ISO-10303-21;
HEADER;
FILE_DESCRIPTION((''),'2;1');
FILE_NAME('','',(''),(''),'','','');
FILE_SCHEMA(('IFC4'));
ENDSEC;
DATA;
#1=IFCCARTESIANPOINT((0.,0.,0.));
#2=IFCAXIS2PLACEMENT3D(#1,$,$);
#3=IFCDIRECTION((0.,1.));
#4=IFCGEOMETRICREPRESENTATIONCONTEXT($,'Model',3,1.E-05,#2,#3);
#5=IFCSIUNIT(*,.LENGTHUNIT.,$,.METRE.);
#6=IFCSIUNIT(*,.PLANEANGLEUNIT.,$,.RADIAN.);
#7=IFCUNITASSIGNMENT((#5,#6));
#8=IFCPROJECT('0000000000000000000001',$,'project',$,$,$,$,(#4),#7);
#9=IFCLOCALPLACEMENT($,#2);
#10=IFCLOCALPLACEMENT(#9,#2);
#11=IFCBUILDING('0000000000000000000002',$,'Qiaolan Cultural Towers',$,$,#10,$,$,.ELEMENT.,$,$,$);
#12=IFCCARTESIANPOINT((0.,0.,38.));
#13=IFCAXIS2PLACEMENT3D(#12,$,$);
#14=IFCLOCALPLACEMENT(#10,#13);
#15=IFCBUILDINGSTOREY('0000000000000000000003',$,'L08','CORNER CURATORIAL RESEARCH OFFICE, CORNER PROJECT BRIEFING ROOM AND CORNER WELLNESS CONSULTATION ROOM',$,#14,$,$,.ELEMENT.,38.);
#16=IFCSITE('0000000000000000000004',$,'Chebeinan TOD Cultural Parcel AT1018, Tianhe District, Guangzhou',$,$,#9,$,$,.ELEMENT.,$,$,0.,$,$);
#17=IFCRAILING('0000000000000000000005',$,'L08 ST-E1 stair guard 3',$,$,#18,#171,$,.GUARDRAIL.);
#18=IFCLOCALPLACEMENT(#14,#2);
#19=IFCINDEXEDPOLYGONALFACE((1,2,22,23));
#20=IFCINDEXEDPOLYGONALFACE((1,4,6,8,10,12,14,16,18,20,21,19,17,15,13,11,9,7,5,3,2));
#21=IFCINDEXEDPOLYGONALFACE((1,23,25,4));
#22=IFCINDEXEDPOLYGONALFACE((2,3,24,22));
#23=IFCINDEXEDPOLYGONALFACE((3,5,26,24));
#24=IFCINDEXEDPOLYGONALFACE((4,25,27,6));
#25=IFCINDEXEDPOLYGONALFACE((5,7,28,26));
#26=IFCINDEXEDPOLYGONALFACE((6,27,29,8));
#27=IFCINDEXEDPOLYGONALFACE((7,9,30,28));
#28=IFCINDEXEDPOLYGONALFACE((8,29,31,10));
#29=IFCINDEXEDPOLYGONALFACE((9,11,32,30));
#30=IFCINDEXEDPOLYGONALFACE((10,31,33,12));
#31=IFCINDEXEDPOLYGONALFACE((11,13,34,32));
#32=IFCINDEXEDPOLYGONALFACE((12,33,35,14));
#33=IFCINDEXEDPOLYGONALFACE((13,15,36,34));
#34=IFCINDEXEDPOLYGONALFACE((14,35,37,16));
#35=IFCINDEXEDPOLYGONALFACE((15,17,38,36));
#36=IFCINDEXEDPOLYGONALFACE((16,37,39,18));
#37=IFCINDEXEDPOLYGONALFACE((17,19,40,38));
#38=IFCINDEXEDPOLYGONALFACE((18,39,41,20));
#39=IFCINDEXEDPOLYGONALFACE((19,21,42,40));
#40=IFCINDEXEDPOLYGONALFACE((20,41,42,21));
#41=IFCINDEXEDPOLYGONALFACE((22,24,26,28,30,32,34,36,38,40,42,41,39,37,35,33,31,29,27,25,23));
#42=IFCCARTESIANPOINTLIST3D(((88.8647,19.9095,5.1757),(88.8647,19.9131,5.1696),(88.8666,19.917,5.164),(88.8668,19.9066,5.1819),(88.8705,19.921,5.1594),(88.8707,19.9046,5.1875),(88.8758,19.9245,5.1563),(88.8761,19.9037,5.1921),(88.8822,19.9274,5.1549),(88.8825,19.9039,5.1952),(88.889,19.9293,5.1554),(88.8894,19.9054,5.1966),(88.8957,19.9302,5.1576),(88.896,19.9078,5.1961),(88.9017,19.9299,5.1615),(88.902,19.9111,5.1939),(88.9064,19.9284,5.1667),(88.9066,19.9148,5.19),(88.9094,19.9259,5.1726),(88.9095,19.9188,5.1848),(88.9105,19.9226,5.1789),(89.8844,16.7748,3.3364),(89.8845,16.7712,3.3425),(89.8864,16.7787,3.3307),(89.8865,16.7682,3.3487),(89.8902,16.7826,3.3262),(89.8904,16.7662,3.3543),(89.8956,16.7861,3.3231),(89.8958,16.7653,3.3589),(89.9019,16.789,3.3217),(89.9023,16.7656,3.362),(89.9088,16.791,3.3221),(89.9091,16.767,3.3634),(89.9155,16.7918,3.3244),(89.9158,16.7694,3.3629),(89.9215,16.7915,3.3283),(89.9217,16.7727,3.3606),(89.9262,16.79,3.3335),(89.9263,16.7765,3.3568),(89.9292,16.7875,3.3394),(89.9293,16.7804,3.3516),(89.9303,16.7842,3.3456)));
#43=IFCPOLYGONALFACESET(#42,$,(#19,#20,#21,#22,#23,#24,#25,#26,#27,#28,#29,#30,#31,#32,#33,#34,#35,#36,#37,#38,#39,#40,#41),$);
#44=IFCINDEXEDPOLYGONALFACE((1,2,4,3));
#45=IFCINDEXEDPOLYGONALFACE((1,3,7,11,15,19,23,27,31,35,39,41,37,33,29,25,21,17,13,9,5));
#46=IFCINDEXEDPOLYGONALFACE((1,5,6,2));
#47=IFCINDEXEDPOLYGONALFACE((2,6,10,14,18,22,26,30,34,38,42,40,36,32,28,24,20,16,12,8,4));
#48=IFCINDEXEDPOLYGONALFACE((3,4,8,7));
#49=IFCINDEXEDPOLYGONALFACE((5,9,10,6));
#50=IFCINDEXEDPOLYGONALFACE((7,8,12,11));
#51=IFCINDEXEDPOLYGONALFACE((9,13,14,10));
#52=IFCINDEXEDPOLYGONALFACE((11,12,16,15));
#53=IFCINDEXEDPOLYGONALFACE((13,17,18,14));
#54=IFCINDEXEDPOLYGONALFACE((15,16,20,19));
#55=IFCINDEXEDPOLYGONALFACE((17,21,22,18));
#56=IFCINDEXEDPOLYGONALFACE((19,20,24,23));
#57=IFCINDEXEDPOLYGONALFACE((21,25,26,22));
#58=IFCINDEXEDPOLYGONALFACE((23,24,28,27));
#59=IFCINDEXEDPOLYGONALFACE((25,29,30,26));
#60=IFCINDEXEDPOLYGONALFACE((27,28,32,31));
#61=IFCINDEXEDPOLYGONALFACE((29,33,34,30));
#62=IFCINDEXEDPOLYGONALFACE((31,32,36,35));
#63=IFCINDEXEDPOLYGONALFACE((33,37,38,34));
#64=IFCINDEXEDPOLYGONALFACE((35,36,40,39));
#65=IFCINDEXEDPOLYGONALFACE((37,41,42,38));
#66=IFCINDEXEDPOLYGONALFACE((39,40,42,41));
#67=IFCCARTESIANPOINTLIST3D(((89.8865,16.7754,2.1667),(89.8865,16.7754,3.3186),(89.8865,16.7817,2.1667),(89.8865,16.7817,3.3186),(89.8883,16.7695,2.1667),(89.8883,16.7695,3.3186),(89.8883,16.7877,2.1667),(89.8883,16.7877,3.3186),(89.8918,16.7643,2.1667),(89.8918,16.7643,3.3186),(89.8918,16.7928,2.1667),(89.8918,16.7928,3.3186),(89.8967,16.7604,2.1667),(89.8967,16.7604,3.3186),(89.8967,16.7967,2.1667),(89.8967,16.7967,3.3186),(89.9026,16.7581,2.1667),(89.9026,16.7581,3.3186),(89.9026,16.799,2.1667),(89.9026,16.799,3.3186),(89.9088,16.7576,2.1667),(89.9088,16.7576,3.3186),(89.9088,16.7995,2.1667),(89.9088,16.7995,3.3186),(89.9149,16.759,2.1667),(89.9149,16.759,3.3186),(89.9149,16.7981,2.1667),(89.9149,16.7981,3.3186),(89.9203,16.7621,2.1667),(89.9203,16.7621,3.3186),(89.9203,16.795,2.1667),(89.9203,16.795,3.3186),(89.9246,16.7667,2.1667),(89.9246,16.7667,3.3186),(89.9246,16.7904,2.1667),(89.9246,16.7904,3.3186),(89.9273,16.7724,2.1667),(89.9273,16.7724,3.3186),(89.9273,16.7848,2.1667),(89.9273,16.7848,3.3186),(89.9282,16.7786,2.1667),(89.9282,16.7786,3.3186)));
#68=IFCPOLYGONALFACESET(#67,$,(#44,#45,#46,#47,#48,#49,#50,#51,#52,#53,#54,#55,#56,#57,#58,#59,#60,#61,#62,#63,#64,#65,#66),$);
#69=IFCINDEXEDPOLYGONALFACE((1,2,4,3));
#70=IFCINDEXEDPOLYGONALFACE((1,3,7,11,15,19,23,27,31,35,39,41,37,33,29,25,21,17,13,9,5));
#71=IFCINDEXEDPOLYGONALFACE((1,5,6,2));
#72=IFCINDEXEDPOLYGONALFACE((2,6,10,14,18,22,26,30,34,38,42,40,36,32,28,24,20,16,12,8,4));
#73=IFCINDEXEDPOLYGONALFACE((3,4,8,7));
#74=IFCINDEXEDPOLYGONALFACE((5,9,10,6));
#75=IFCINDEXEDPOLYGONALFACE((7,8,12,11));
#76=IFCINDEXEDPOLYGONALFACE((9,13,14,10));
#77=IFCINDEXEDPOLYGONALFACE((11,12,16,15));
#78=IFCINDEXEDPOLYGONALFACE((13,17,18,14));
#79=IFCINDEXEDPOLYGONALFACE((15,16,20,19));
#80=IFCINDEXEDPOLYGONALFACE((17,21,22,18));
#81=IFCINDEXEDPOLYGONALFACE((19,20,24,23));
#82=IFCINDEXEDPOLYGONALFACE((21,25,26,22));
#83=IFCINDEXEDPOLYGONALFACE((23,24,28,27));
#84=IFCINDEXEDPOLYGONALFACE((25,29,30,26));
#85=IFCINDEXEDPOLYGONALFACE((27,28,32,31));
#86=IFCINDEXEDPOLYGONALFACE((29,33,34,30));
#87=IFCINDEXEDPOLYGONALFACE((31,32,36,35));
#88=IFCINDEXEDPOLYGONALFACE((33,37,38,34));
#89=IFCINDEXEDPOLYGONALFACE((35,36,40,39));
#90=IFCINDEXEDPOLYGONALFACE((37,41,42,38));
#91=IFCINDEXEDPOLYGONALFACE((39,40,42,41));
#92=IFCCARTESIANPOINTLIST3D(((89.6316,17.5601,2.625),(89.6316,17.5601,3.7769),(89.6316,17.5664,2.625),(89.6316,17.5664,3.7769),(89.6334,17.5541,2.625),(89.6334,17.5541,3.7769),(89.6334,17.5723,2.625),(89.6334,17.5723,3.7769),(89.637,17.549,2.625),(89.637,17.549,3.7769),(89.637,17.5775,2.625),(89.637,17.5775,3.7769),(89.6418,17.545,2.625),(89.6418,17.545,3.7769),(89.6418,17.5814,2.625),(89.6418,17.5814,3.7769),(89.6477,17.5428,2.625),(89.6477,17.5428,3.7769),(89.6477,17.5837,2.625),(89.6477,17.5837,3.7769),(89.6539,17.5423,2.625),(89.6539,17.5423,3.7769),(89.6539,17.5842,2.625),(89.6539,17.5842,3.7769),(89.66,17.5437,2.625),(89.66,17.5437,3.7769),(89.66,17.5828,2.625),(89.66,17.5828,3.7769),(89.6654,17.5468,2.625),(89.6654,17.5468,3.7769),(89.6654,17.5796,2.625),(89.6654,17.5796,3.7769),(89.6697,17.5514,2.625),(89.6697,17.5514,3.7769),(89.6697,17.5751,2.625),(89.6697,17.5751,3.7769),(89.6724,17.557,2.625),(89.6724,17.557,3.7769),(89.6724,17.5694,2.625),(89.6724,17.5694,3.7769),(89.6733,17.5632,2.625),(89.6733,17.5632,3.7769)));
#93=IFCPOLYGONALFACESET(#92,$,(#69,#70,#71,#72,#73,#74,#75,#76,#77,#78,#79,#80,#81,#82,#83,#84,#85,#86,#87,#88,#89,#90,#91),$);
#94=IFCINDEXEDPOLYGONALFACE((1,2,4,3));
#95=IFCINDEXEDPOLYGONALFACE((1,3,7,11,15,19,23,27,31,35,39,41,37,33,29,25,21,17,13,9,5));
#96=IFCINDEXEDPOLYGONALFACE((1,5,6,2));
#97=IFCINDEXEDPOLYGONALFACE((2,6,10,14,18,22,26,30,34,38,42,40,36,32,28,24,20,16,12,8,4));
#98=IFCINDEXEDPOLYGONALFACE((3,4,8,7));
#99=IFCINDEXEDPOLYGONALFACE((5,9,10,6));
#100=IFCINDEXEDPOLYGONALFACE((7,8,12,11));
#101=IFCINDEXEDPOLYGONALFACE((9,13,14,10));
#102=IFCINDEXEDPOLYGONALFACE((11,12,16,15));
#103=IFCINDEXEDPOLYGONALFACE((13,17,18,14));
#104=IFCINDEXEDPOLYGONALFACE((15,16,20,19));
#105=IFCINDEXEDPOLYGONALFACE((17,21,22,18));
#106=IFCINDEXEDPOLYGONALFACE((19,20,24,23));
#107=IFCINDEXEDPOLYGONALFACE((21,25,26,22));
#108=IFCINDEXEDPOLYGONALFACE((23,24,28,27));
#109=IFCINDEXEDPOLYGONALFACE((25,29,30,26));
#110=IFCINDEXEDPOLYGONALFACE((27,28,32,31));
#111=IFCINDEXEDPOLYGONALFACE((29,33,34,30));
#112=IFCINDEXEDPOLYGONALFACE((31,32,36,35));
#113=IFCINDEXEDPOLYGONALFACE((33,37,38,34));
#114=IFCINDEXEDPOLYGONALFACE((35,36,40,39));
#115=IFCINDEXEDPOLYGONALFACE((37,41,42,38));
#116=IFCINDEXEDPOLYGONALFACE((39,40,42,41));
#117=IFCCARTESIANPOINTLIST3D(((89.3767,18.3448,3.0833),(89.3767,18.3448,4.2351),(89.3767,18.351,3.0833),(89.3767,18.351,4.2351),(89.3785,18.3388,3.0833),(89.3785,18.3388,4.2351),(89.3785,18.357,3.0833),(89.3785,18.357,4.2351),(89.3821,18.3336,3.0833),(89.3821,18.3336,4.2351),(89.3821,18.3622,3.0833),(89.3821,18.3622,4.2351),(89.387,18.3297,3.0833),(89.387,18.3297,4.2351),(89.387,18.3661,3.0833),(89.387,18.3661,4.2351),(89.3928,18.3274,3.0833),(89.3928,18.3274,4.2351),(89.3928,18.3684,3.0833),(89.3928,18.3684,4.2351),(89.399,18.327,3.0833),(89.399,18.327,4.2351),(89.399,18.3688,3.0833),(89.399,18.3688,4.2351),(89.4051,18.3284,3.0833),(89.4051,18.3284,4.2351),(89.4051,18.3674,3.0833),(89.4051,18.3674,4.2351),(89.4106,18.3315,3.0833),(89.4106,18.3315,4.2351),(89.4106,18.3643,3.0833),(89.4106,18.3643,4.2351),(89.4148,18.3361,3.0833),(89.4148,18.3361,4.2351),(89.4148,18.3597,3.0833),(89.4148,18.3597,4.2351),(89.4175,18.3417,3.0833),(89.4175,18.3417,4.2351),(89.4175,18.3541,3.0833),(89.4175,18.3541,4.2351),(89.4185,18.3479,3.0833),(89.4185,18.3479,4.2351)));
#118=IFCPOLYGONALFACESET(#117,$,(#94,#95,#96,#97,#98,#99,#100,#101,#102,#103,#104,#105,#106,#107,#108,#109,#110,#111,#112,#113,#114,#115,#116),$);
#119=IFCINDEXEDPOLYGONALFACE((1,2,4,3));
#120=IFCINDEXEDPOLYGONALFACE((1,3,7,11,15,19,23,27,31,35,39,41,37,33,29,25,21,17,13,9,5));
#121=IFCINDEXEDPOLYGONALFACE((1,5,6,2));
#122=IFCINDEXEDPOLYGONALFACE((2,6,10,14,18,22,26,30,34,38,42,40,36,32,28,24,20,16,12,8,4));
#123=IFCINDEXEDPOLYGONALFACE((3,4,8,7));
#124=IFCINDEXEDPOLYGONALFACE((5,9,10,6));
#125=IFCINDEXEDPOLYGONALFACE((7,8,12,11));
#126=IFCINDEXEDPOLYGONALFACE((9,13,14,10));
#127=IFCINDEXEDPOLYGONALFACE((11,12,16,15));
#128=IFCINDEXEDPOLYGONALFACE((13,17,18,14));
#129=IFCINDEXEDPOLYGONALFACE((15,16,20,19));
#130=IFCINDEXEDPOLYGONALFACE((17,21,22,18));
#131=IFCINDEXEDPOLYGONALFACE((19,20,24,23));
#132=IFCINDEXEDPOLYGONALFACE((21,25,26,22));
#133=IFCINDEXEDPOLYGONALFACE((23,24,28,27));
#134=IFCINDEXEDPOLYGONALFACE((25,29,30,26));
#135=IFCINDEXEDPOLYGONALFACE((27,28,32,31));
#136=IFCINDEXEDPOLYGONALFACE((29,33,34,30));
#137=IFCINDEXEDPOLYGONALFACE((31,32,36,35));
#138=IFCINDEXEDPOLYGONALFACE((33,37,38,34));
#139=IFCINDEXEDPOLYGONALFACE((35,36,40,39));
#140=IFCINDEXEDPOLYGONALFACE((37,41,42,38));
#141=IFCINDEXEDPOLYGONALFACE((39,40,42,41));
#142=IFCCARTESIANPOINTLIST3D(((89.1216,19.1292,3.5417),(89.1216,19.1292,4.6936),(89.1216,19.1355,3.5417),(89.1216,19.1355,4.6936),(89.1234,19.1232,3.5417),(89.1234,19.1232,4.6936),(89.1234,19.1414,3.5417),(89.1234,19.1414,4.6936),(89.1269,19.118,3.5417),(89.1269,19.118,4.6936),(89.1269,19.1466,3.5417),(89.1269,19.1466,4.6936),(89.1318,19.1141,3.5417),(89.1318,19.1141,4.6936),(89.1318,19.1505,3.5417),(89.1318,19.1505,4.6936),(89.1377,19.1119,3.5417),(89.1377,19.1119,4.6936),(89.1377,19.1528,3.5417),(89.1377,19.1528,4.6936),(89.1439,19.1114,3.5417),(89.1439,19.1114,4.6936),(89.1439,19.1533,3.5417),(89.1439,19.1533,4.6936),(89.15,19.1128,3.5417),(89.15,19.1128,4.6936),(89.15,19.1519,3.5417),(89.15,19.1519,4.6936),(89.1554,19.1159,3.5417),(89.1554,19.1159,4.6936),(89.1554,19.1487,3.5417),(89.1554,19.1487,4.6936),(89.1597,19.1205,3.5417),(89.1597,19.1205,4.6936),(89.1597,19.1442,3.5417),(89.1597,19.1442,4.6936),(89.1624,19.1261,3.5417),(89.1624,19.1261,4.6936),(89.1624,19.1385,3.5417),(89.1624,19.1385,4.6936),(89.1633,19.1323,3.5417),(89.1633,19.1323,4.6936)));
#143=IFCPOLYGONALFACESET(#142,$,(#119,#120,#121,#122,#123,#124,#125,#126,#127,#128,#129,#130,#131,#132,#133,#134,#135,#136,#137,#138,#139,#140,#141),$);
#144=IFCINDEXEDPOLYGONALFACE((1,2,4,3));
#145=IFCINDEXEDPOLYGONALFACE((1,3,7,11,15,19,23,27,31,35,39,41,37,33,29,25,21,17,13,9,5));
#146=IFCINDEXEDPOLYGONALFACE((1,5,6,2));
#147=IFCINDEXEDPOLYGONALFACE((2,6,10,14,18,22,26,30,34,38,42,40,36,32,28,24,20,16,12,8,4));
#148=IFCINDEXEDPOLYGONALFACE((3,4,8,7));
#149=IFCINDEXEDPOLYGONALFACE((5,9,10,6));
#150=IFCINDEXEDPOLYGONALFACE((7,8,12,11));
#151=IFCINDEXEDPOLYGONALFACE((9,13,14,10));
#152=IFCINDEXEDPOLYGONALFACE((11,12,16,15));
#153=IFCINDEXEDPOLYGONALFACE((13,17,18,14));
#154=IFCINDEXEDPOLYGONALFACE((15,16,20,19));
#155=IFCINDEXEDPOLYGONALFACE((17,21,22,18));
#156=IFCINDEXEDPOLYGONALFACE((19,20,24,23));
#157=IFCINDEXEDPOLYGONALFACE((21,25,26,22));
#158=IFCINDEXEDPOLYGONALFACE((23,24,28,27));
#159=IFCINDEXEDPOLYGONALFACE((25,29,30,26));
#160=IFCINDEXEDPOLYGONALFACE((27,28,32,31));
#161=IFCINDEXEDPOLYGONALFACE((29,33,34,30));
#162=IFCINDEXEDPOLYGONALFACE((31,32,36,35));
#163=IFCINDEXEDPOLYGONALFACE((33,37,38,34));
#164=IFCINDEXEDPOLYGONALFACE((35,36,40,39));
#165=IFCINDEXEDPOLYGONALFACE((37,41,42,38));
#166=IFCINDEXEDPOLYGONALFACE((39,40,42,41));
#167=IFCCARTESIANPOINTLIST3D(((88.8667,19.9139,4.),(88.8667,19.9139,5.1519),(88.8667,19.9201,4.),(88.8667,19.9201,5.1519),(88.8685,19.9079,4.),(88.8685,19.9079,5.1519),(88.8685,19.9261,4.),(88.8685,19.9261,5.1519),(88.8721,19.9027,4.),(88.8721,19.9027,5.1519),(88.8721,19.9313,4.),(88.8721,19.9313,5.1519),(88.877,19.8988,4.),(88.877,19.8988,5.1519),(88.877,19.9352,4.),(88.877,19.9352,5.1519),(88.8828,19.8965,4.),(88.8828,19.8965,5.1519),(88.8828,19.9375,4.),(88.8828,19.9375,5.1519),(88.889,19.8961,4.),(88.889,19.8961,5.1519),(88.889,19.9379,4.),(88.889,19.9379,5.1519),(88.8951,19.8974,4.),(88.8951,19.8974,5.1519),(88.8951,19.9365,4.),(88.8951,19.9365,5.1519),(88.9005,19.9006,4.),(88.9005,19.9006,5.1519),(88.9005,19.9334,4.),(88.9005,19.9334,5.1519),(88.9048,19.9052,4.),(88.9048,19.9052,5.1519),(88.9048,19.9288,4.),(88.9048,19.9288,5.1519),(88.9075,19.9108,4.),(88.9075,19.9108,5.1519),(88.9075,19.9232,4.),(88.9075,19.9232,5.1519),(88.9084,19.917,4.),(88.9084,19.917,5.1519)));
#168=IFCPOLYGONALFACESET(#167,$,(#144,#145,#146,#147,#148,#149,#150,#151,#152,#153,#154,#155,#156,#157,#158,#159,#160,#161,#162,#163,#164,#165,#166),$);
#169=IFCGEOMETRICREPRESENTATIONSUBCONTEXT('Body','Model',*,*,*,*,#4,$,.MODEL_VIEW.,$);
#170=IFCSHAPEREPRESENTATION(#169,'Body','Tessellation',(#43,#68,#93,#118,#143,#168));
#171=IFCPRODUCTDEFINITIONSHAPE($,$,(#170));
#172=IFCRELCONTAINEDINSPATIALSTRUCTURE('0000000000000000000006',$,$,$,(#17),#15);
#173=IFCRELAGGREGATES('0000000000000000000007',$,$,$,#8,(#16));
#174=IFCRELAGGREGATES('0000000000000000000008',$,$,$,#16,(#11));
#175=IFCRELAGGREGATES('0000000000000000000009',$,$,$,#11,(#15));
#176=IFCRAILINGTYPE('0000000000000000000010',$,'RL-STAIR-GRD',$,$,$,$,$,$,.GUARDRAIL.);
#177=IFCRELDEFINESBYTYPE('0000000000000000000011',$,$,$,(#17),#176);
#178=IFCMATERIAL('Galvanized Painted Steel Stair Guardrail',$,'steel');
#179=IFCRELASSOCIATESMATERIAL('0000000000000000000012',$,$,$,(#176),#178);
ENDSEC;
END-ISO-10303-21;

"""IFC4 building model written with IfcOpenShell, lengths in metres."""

from ifc_helpers import new_model, si_unit, direction, frame, origin, origin_2d, place, context, subcontext, project, spatial, circle, extrude, material, type_object, element, save


model = new_model("IFC4")

# Units and contexts
model_context = context("Model", 3, precision=1e-05, world=origin(), true_north=direction((0.0, 1.0)))
body_context = subcontext(model_context, "Body", "Model", "MODEL_VIEW")
ifc_project = project(units=[si_unit("LENGTHUNIT", "METRE"), si_unit("PLANEANGLEUNIT", "RADIAN")], contexts=[model_context])

# Site, building, storey
site_placement = place(None, origin())
site = spatial("IfcSite", under=ifc_project, at=site_placement, Name="Chebeinan TOD Cultural Parcel AT1018, Tianhe District, Guangzhou", CompositionType="ELEMENT", RefElevation=0.0)
building_placement = place(site_placement, origin())
building = spatial("IfcBuilding", under=site, at=building_placement, Name="Qiaolan Cultural Towers", CompositionType="ELEMENT")
storey_placement = place(building_placement, frame((0.0, 0.0, 38.0)))
storey = spatial("IfcBuildingStorey", under=building, at=storey_placement, Name="L08", Description="CORNER CURATORIAL RESEARCH OFFICE, CORNER PROJECT BRIEFING ROOM AND CORNER WELLNESS CONSULTATION ROOM", CompositionType="ELEMENT", Elevation=38.0)

# Railing
ifc_material_1 = material(Name="Galvanized Painted Steel Stair Guardrail", Category="steel")
railing_type_1 = type_object("IfcRailingType", Name="RL-STAIR-GRD", PredefinedType="GUARDRAIL", material=ifc_material_1)
railing_1_placement = place(storey_placement, frame((89.9072, 16.7786, 2.1667)))
element("IfcRailing", 1, at=railing_1_placement, inside=storey, type_object=railing_type_1, Name="L08 ST-E1 stair guard 3", PredefinedType="GUARDRAIL", context=body_context, shape_type="SweptSolid", body=[
    extrude(circle(Radius=0.0239, at=origin_2d()), frame((0.0, 0.0, 1.1758), z_axis=(-0.270141, 0.831376, 0.485632), x_axis=(-0.951053, -0.309028, 0.0)), (0.0, 0.0, 1.0), 3.7749),
    extrude(circle(Radius=0.021, at=origin_2d()), origin(), (0.0, 0.0, 1.0), 1.1519),
    extrude(circle(Radius=0.021, at=origin_2d()), frame((-0.2549, 0.7847, 0.4583)), (0.0, 0.0, 1.0), 1.1519),
    extrude(circle(Radius=0.021, at=origin_2d()), frame((-0.5098, 1.5693, 0.9165)), (0.0, 0.0, 1.0), 1.1519),
    extrude(circle(Radius=0.021, at=origin_2d()), frame((-0.7649, 2.3538, 1.375)), (0.0, 0.0, 1.0), 1.1519),
    extrude(circle(Radius=0.021, at=origin_2d()), frame((-1.0198, 3.1384, 1.8333)), (0.0, 0.0, 1.0), 1.1519),
])

save(model, "model.ifc")
